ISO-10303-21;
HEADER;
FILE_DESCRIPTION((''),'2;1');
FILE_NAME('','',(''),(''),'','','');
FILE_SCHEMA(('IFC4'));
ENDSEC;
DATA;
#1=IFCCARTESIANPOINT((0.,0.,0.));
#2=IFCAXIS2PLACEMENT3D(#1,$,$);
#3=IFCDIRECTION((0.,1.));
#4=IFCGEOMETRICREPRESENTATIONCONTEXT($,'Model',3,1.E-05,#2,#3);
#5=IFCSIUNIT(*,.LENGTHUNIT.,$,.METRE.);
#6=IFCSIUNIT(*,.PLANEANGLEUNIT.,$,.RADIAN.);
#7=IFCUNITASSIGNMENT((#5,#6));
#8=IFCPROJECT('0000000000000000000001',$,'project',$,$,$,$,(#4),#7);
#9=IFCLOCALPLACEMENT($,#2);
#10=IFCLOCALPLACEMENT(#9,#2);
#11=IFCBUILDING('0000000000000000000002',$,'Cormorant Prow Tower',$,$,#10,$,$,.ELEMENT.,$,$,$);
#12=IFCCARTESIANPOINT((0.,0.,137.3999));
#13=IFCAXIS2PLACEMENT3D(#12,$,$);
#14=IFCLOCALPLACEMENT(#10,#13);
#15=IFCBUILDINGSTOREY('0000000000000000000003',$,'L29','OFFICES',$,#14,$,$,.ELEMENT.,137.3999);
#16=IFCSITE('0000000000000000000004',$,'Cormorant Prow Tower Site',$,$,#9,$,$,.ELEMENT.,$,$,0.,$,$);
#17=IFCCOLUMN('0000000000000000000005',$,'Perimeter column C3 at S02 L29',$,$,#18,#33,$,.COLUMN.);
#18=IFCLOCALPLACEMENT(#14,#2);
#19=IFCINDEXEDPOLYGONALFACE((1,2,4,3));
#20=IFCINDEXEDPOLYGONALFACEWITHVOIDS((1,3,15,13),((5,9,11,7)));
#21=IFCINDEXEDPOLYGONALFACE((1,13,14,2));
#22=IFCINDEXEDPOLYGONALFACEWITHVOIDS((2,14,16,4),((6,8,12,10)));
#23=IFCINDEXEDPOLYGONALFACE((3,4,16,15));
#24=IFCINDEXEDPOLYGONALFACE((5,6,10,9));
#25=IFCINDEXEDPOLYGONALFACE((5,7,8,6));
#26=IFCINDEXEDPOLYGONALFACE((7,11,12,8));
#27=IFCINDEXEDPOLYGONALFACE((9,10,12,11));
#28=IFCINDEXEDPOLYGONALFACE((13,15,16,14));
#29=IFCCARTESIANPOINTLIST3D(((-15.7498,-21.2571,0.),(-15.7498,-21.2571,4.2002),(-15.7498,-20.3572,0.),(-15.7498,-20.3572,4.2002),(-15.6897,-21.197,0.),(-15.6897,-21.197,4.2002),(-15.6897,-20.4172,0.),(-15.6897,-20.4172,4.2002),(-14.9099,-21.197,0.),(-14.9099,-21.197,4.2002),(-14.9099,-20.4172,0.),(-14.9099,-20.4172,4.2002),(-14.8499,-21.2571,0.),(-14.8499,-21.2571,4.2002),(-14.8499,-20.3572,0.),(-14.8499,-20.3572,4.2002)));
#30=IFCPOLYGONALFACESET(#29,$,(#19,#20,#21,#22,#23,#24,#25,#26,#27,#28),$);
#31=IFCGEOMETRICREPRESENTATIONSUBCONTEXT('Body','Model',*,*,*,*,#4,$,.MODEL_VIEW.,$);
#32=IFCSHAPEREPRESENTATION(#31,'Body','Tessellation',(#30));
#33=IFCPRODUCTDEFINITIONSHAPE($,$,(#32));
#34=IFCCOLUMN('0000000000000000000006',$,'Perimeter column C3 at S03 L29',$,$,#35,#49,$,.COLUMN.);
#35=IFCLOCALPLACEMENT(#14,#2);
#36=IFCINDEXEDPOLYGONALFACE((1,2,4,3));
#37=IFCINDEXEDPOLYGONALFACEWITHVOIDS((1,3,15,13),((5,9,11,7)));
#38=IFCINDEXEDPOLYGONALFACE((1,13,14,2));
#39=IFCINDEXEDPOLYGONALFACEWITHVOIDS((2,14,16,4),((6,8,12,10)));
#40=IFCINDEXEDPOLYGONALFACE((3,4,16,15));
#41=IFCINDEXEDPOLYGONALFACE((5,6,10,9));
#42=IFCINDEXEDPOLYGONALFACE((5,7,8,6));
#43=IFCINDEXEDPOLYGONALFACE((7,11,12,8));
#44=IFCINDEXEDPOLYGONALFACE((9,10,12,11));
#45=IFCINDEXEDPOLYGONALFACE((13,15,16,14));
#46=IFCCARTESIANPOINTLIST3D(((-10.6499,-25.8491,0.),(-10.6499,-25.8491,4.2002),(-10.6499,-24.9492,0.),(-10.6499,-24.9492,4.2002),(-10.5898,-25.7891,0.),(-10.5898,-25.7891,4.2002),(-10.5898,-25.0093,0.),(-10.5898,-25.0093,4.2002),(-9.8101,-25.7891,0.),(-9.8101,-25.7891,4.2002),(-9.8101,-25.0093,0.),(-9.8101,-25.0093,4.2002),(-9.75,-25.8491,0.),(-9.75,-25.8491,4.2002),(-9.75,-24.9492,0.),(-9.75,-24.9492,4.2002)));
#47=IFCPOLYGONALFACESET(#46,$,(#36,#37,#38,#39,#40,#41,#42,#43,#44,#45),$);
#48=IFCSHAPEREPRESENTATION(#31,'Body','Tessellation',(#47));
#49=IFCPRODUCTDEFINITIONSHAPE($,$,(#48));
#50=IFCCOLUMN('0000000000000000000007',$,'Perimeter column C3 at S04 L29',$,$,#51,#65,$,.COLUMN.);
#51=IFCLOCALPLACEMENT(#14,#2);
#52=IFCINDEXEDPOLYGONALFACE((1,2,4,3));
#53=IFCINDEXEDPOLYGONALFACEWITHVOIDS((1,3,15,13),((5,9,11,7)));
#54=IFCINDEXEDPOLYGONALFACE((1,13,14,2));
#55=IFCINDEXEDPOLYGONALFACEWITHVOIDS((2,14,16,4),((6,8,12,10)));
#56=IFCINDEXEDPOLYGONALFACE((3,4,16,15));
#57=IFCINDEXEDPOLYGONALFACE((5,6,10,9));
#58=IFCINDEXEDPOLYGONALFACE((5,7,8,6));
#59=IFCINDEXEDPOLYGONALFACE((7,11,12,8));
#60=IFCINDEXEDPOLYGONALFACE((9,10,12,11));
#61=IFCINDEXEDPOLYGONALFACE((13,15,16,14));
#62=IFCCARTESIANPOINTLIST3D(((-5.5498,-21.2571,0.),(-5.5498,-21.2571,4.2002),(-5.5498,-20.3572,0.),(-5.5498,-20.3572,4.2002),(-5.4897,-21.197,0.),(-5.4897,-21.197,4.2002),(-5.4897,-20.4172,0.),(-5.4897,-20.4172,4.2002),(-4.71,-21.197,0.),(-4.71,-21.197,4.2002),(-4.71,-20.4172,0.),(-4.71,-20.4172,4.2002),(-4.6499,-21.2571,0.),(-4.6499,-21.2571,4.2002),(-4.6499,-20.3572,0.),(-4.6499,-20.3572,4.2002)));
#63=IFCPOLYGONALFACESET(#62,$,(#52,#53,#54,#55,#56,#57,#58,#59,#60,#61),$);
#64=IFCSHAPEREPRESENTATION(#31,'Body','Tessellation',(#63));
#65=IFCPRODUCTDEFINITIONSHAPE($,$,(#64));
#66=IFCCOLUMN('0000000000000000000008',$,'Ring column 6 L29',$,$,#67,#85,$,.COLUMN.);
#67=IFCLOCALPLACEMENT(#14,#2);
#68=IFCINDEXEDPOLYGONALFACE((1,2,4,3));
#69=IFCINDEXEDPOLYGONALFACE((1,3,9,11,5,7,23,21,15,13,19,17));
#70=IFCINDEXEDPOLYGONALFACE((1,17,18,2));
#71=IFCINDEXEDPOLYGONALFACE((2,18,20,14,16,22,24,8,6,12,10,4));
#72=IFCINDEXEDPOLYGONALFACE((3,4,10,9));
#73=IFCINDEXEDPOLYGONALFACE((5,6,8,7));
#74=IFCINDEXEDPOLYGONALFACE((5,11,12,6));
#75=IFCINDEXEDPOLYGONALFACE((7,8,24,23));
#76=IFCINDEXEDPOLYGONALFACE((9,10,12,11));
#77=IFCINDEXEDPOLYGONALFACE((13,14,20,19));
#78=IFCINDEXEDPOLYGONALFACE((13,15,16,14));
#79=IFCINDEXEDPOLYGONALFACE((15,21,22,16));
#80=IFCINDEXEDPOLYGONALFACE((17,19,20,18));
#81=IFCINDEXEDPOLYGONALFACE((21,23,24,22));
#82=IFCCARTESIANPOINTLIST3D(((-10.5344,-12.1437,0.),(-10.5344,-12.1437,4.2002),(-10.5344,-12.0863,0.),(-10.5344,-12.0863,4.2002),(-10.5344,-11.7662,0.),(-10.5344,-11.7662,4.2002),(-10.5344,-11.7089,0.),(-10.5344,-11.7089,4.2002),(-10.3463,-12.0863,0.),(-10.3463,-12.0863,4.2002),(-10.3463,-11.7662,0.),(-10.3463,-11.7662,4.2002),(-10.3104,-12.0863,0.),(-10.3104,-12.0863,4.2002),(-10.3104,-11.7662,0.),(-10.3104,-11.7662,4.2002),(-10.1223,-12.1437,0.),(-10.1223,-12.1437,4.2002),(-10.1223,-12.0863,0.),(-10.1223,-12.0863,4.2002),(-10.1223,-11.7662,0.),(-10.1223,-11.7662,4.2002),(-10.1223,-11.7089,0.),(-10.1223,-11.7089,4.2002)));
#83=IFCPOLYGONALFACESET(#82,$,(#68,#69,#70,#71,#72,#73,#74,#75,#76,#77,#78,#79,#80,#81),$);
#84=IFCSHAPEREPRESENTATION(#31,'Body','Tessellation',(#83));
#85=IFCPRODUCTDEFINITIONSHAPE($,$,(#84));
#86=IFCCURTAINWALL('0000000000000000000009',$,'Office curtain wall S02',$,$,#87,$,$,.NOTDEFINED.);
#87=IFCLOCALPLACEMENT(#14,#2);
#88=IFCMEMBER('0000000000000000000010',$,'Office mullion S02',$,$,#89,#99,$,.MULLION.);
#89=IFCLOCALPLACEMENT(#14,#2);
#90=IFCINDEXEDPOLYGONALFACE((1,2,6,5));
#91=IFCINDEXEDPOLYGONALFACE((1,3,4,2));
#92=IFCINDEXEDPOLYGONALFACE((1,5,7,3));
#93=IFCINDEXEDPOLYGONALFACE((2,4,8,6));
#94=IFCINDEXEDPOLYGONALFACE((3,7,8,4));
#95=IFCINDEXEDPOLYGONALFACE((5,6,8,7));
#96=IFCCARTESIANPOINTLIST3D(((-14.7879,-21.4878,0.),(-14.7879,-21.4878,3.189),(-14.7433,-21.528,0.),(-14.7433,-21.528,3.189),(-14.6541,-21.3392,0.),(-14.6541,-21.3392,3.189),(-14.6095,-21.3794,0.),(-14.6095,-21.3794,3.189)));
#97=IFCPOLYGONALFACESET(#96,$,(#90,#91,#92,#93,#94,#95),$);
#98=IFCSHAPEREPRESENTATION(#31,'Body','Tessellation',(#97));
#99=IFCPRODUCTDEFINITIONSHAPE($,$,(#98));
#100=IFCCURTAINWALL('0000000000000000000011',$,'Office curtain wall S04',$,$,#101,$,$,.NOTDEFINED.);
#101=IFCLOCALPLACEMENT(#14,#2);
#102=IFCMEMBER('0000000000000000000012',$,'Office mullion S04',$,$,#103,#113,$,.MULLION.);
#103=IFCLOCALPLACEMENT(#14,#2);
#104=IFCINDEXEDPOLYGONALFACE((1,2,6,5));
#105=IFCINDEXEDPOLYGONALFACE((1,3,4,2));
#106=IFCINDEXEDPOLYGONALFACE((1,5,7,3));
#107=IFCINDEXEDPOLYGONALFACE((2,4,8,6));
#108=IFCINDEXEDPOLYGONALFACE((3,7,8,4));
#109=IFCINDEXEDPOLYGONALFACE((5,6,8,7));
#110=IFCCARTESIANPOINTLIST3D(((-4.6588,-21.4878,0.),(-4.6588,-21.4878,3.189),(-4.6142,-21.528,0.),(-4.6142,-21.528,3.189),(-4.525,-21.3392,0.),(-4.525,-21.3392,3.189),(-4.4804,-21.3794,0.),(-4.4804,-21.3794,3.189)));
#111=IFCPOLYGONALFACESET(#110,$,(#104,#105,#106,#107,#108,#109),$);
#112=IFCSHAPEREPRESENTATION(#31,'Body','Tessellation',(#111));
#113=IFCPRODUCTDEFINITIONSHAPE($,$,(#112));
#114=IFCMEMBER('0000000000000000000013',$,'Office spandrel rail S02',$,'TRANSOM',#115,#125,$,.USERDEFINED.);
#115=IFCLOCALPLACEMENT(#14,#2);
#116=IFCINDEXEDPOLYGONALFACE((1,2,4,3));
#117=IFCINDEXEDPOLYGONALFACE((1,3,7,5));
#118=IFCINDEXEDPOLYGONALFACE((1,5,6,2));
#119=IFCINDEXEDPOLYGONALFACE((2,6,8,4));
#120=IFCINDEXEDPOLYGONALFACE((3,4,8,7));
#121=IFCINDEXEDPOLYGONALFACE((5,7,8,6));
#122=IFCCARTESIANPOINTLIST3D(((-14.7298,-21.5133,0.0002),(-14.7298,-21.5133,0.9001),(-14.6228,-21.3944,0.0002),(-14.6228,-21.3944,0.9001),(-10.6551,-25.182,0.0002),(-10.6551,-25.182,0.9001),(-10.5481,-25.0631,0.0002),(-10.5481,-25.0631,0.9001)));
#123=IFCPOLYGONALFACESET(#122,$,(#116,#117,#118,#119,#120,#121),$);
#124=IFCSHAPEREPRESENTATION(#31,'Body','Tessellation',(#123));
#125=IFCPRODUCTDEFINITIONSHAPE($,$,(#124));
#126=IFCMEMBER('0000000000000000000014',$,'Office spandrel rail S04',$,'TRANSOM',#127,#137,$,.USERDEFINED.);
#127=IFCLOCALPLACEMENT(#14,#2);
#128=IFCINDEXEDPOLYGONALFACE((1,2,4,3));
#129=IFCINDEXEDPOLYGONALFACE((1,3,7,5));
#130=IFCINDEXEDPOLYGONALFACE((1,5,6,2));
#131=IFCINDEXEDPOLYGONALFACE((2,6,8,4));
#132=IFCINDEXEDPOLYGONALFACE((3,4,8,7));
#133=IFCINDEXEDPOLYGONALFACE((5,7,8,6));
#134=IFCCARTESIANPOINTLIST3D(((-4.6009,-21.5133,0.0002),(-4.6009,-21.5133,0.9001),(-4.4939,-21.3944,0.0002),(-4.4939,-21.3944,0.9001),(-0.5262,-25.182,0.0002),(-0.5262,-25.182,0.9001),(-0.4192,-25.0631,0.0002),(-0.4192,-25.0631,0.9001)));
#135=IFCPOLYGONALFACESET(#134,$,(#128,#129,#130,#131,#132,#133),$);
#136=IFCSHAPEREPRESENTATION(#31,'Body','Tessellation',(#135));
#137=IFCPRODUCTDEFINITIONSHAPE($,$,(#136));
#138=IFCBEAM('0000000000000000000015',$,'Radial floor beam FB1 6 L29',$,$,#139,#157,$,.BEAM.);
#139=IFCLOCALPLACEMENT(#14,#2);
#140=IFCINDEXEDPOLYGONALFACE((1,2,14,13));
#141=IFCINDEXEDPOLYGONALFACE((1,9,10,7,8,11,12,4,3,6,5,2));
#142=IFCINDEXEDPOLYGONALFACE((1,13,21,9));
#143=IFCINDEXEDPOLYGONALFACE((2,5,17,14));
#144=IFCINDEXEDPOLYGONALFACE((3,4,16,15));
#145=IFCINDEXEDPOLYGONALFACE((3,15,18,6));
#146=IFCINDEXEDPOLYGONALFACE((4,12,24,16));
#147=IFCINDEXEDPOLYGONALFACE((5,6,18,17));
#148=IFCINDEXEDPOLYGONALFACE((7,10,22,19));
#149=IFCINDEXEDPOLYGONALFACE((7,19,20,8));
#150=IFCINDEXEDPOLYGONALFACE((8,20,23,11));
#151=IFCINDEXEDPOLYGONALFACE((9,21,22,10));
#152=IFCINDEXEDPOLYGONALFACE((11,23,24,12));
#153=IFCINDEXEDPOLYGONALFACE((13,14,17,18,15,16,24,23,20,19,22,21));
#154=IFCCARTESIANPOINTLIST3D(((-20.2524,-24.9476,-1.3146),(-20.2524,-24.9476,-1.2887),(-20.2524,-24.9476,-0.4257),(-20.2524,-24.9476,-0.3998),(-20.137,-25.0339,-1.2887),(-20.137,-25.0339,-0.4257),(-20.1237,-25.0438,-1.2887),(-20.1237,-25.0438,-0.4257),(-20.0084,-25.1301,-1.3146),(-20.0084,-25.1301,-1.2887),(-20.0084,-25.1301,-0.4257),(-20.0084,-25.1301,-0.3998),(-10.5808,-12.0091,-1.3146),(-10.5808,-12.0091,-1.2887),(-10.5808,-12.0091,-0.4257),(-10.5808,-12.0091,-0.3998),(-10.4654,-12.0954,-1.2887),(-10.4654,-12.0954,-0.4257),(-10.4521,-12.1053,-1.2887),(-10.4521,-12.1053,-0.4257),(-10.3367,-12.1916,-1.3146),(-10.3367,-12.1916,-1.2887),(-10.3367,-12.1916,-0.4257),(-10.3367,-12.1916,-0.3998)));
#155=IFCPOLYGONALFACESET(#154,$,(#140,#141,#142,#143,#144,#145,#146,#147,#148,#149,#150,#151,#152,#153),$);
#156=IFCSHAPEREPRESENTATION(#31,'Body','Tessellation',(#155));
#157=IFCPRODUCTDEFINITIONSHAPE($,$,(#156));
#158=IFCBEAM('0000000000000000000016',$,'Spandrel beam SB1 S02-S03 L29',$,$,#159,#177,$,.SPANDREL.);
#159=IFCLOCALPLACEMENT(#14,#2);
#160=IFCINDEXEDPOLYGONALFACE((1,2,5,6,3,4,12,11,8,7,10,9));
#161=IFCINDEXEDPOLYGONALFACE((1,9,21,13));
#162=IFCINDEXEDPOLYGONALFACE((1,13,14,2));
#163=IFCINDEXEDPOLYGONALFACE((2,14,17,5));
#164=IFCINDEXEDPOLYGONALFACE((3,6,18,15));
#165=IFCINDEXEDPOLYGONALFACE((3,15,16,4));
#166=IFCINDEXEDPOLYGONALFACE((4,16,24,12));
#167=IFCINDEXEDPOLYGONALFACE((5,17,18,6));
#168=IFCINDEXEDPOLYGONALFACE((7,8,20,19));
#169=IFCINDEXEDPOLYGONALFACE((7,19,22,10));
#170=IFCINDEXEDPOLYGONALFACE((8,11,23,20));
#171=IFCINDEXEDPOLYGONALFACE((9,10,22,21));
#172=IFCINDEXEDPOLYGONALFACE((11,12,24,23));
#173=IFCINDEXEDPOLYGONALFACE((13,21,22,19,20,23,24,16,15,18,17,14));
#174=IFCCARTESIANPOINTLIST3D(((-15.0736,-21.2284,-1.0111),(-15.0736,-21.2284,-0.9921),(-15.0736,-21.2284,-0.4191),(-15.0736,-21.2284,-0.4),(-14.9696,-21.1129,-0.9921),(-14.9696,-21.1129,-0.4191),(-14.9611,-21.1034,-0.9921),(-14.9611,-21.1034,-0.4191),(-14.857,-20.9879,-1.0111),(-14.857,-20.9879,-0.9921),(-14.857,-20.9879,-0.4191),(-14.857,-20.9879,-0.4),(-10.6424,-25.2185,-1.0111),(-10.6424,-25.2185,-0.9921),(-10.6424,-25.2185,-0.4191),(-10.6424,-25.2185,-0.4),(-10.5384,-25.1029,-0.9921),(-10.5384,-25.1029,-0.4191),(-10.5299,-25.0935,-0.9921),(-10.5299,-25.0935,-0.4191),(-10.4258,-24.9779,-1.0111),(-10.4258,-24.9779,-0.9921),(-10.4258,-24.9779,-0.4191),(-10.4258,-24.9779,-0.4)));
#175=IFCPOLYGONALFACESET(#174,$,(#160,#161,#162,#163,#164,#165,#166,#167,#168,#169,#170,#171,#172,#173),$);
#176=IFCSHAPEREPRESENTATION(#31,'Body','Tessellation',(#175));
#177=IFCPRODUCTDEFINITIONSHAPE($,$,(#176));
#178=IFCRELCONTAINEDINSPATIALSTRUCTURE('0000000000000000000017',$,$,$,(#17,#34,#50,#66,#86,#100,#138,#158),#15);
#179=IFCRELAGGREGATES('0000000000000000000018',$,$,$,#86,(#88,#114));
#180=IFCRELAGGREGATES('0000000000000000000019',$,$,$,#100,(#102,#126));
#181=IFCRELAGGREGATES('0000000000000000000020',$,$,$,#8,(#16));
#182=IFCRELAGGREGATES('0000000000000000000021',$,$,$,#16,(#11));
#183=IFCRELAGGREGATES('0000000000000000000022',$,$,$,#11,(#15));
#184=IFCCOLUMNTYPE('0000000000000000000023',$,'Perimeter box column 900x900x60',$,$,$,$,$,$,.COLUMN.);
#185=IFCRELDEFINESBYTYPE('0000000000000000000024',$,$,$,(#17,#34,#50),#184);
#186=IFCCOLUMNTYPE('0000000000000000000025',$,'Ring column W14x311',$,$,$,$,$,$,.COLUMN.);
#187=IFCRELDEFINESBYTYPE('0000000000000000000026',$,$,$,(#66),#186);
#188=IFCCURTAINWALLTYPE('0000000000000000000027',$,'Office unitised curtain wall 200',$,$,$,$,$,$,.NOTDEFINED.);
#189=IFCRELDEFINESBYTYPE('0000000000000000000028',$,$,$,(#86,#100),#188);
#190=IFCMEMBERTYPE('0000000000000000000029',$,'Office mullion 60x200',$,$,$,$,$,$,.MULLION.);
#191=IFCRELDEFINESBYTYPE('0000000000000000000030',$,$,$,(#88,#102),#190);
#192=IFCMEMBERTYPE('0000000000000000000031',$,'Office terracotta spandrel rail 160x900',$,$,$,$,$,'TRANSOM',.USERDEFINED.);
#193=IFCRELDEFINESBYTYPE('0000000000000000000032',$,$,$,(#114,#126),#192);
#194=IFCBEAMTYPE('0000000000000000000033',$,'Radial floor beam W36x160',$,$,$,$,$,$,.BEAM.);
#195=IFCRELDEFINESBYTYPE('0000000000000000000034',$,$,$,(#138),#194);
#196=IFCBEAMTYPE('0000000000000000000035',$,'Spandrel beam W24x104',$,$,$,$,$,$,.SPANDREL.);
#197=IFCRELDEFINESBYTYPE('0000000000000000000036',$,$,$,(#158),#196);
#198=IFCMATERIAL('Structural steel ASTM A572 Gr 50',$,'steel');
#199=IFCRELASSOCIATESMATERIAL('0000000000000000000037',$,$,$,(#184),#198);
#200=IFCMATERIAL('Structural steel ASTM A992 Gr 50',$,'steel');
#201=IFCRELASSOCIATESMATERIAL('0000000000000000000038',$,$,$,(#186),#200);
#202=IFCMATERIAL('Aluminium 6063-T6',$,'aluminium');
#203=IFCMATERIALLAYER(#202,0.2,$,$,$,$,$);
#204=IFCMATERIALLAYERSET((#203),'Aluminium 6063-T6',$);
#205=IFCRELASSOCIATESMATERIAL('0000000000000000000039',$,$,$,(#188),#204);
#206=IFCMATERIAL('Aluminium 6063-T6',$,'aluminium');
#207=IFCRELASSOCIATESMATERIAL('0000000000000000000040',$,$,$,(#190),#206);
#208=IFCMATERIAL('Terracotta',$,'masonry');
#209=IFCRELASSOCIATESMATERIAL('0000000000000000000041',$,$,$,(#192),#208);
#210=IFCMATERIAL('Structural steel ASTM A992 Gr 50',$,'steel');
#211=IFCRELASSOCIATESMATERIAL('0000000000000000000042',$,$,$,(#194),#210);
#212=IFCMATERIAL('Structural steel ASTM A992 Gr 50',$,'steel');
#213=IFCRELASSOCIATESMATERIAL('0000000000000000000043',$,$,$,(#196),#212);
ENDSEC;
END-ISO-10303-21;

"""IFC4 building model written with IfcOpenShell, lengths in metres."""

from ifc_helpers import new_model, si_unit, direction, frame, origin, origin_2d, place, context, subcontext, project, spatial, rectangle, hollow_rectangle, i_section, extrude, material, layer, layer_set, material_profile, profile_set, type_object, element, aggregate, save


model = new_model("IFC4")

# Units and contexts
model_context = context("Model", 3, precision=1e-05, world=origin(), true_north=direction((0.0, 1.0)))
body_context = subcontext(model_context, "Body", "Model", "MODEL_VIEW")
ifc_project = project(units=[si_unit("LENGTHUNIT", "METRE"), si_unit("PLANEANGLEUNIT", "RADIAN")], contexts=[model_context])

# Site, building, storey
site_placement = place(None, origin())
site = spatial("IfcSite", under=ifc_project, at=site_placement, Name="Cormorant Prow Tower Site", CompositionType="ELEMENT", RefElevation=0.0)
building_placement = place(site_placement, origin())
building = spatial("IfcBuilding", under=site, at=building_placement, Name="Cormorant Prow Tower", CompositionType="ELEMENT")
storey_placement = place(building_placement, frame((0.0, 0.0, 137.3999)))
storey = spatial("IfcBuildingStorey", under=building, at=storey_placement, Name="L29", Description="OFFICES", CompositionType="ELEMENT", Elevation=137.3999)

# Columns
ifc_material_1 = material(Name="Structural steel ASTM A572 Gr 50", Category="steel")
ifc_material_profile_1 = material_profile(ifc_material_1, hollow_rectangle(XDim=0.8999, YDim=0.8999, WallThickness=0.0601, at=origin_2d()), Name="Box 900x900x60")
ifc_profile_set_1 = profile_set([ifc_material_profile_1], Name="Structural steel ASTM A572 Gr 50")
column_type_1 = type_object("IfcColumnType", Name="Perimeter box column 900x900x60", PredefinedType="COLUMN", material=ifc_profile_set_1)
for number, where, z_axis, x_axis, name in (
    (1, (-15.2998, -20.8071, 0.0), (0.0, 0.0, 1.0), (1.0, 0.0, 0.0), "Perimeter column C3 at S02 L29"),
    (2, (-10.2, -25.3992, 0.0), (0.0, 0.0, 1.0), (1.0, 0.0, 0.0), "Perimeter column C3 at S03 L29"),
    (3, (-5.0999, -20.8071, 0.0), (0.0, 0.0, 1.0), (1.0, 0.0, 0.0), "Perimeter column C3 at S04 L29"),
):
    element("IfcColumn", number, at=place(storey_placement, frame(where, z_axis=z_axis, x_axis=x_axis)), inside=storey, type_object=column_type_1, Name=name, PredefinedType="COLUMN", context=body_context, shape_type="SweptSolid", body=[
        extrude(hollow_rectangle(XDim=0.8999, YDim=0.8999, WallThickness=0.0601, at=origin_2d()), origin(), (0.0, 0.0, 1.0), 4.2002),
    ])
ifc_material_2 = material(Name="Structural steel ASTM A992 Gr 50", Category="steel")
ifc_material_profile_2 = material_profile(ifc_material_2, i_section(OverallWidth=0.4121, OverallDepth=0.4348, WebThickness=0.0359, FlangeThickness=0.0574, at=origin_2d()), Name="W14x311")
ifc_profile_set_2 = profile_set([ifc_material_profile_2], Name="Structural steel ASTM A992 Gr 50")
column_type_2 = type_object("IfcColumnType", Name="Ring column W14x311", PredefinedType="COLUMN", material=ifc_profile_set_2)
column_placement = place(storey_placement, frame((-10.3284, -11.9263, 0.0), z_axis=(0.0, 0.0, 1.0), x_axis=(1.0, 0.0, 0.0)))
element("IfcColumn", 4, at=column_placement, inside=storey, type_object=column_type_2, Name="Ring column 6 L29", PredefinedType="COLUMN", context=body_context, shape_type="SweptSolid", body=[
    extrude(i_section(OverallWidth=0.4121, OverallDepth=0.4348, WebThickness=0.0359, FlangeThickness=0.0574, at=origin_2d()), origin(), (0.0, 0.0, 1.0), 4.2002),
])

# Curtain walls, members
ifc_material_3 = material(Name="Aluminium 6063-T6", Category="aluminium")
ifc_layer_1 = layer(ifc_material_3, 0.2)
ifc_layer_set_1 = layer_set([ifc_layer_1], Name="Aluminium 6063-T6")
curtain_wall_type = type_object("IfcCurtainWallType", Name="Office unitised curtain wall 200", PredefinedType="NOTDEFINED", material=ifc_layer_set_1)
curtain_wall_1_placement = place(storey_placement, origin())
curtain_wall_1 = element("IfcCurtainWall", 5, at=curtain_wall_1_placement, inside=storey, type_object=curtain_wall_type, Name="Office curtain wall S02", PredefinedType="NOTDEFINED")
ifc_material_4 = material(Name="Aluminium 6063-T6", Category="aluminium")
ifc_material_profile_3 = material_profile(ifc_material_4, rectangle(XDim=0.2, YDim=0.0601, at=origin_2d()), Name="Office mullion 60x200")
ifc_profile_set_3 = profile_set([ifc_material_profile_3], Name="Aluminium 6063-T6")
member_type_1 = type_object("IfcMemberType", Name="Office mullion 60x200", PredefinedType="MULLION", material=ifc_profile_set_3)
member_1_placement = place(storey_placement, frame((-14.6987, -21.4336, 0.0), z_axis=(0.0, 0.0, 1.0), x_axis=(0.669131, 0.743145, 0.0)))
member_1 = element("IfcMember", 6, at=member_1_placement, type_object=member_type_1, Name="Office mullion S02", PredefinedType="MULLION", context=body_context, shape_type="SweptSolid", body=[
    extrude(rectangle(XDim=0.2, YDim=0.0601, at=origin_2d()), origin(), (0.0, 0.0, 1.0), 3.189),
])
curtain_wall_2_placement = place(storey_placement, origin())
curtain_wall_2 = element("IfcCurtainWall", 7, at=curtain_wall_2_placement, inside=storey, type_object=curtain_wall_type, Name="Office curtain wall S04", PredefinedType="NOTDEFINED")
member_2_placement = place(storey_placement, frame((-4.5696, -21.4336, 0.0), z_axis=(0.0, 0.0, 1.0), x_axis=(0.669131, 0.743145, 0.0)))
member_2 = element("IfcMember", 8, at=member_2_placement, type_object=member_type_1, Name="Office mullion S04", PredefinedType="MULLION", context=body_context, shape_type="SweptSolid", body=[
    extrude(rectangle(XDim=0.2, YDim=0.0601, at=origin_2d()), origin(), (0.0, 0.0, 1.0), 3.189),
])

# Members
ifc_material_5 = material(Name="Terracotta", Category="masonry")
ifc_material_profile_4 = material_profile(ifc_material_5, rectangle(XDim=0.1599, YDim=0.8999, at=origin_2d()), Name="Office terracotta spandrel rail 160x900")
ifc_profile_set_4 = profile_set([ifc_material_profile_4], Name="Terracotta")
member_type_2 = type_object("IfcMemberType", Name="Office terracotta spandrel rail 160x900", ElementType="TRANSOM", PredefinedType="USERDEFINED", material=ifc_profile_set_4)
member_3_placement = place(storey_placement, frame((-14.6763, -21.4539, 0.4502), z_axis=(0.743161, -0.669112, 0.0), x_axis=(0.669112, 0.743161, 0.0)))
member_3 = element("IfcMember", 9, at=member_3_placement, type_object=member_type_2, Name="Office spandrel rail S02", ObjectType="TRANSOM", PredefinedType="USERDEFINED", context=body_context, shape_type="SweptSolid", body=[
    extrude(rectangle(XDim=0.1599, YDim=0.8999, at=origin_2d()), origin(), (0.0, 0.0, 1.0), 5.4829),
])
member_4_placement = place(storey_placement, frame((-4.5474, -21.4539, 0.4502), z_axis=(0.743161, -0.669112, 0.0), x_axis=(0.669112, 0.743161, 0.0)))
member_4 = element("IfcMember", 10, at=member_4_placement, type_object=member_type_2, Name="Office spandrel rail S04", ObjectType="TRANSOM", PredefinedType="USERDEFINED", context=body_context, shape_type="SweptSolid", body=[
    extrude(rectangle(XDim=0.1599, YDim=0.8999, at=origin_2d()), origin(), (0.0, 0.0, 1.0), 5.4829),
])

# Beams
ifc_material_6 = material(Name="Structural steel ASTM A992 Gr 50", Category="steel")
ifc_material_profile_5 = material_profile(ifc_material_6, i_section(OverallWidth=0.3047, OverallDepth=0.9148, WebThickness=0.0166, FlangeThickness=0.0259, at=origin_2d()), Name="W36x160")
ifc_profile_set_5 = profile_set([ifc_material_profile_5], Name="Structural steel ASTM A992 Gr 50")
beam_type_1 = type_object("IfcBeamType", Name="Radial floor beam W36x160", PredefinedType="BEAM", material=ifc_profile_set_5)
beam_placement = place(storey_placement, frame((-10.4587, -12.1003, -0.8572), z_axis=(-0.598722, -0.800957, 0.0), x_axis=(0.800957, -0.598722, 0.0)))
element("IfcBeam", 11, at=beam_placement, inside=storey, type_object=beam_type_1, Name="Radial floor beam FB1 6 L29", PredefinedType="BEAM", context=body_context, shape_type="SweptSolid", body=[
    extrude(i_section(OverallWidth=0.3047, OverallDepth=0.9148, WebThickness=0.0166, FlangeThickness=0.0259, at=origin_2d()), origin(), (0.0, 0.0, 1.0), 16.1538),
])
ifc_material_7 = material(Name="Structural steel ASTM A992 Gr 50", Category="steel")
ifc_material_profile_6 = material_profile(ifc_material_7, i_section(OverallWidth=0.3237, OverallDepth=0.6111, WebThickness=0.0127, FlangeThickness=0.019, at=origin_2d()), Name="W24x104")
ifc_profile_set_6 = profile_set([ifc_material_profile_6], Name="Structural steel ASTM A992 Gr 50")
beam_type_2 = type_object("IfcBeamType", Name="Spandrel beam W24x104", PredefinedType="SPANDREL", material=ifc_profile_set_6)
for number, where, z_axis, x_axis, name in (
    (12, (-14.9653, -21.1082, -0.7056), (0.743131, -0.669146, 0.0), (0.669146, 0.743131, 0.0), "Spandrel beam SB1 S02-S03 L29"),
):
    element("IfcBeam", number, at=place(storey_placement, frame(where, z_axis=z_axis, x_axis=x_axis)), inside=storey, type_object=beam_type_2, Name=name, PredefinedType="SPANDREL", context=body_context, shape_type="SweptSolid", body=[
        extrude(i_section(OverallWidth=0.3237, OverallDepth=0.6111, WebThickness=0.0127, FlangeThickness=0.019, at=origin_2d()), origin(), (0.0, 0.0, 1.0), 5.9629),
    ])

aggregate(curtain_wall_1, [member_1, member_3])
aggregate(curtain_wall_2, [member_2, member_4])

save(model, "model.ifc")
